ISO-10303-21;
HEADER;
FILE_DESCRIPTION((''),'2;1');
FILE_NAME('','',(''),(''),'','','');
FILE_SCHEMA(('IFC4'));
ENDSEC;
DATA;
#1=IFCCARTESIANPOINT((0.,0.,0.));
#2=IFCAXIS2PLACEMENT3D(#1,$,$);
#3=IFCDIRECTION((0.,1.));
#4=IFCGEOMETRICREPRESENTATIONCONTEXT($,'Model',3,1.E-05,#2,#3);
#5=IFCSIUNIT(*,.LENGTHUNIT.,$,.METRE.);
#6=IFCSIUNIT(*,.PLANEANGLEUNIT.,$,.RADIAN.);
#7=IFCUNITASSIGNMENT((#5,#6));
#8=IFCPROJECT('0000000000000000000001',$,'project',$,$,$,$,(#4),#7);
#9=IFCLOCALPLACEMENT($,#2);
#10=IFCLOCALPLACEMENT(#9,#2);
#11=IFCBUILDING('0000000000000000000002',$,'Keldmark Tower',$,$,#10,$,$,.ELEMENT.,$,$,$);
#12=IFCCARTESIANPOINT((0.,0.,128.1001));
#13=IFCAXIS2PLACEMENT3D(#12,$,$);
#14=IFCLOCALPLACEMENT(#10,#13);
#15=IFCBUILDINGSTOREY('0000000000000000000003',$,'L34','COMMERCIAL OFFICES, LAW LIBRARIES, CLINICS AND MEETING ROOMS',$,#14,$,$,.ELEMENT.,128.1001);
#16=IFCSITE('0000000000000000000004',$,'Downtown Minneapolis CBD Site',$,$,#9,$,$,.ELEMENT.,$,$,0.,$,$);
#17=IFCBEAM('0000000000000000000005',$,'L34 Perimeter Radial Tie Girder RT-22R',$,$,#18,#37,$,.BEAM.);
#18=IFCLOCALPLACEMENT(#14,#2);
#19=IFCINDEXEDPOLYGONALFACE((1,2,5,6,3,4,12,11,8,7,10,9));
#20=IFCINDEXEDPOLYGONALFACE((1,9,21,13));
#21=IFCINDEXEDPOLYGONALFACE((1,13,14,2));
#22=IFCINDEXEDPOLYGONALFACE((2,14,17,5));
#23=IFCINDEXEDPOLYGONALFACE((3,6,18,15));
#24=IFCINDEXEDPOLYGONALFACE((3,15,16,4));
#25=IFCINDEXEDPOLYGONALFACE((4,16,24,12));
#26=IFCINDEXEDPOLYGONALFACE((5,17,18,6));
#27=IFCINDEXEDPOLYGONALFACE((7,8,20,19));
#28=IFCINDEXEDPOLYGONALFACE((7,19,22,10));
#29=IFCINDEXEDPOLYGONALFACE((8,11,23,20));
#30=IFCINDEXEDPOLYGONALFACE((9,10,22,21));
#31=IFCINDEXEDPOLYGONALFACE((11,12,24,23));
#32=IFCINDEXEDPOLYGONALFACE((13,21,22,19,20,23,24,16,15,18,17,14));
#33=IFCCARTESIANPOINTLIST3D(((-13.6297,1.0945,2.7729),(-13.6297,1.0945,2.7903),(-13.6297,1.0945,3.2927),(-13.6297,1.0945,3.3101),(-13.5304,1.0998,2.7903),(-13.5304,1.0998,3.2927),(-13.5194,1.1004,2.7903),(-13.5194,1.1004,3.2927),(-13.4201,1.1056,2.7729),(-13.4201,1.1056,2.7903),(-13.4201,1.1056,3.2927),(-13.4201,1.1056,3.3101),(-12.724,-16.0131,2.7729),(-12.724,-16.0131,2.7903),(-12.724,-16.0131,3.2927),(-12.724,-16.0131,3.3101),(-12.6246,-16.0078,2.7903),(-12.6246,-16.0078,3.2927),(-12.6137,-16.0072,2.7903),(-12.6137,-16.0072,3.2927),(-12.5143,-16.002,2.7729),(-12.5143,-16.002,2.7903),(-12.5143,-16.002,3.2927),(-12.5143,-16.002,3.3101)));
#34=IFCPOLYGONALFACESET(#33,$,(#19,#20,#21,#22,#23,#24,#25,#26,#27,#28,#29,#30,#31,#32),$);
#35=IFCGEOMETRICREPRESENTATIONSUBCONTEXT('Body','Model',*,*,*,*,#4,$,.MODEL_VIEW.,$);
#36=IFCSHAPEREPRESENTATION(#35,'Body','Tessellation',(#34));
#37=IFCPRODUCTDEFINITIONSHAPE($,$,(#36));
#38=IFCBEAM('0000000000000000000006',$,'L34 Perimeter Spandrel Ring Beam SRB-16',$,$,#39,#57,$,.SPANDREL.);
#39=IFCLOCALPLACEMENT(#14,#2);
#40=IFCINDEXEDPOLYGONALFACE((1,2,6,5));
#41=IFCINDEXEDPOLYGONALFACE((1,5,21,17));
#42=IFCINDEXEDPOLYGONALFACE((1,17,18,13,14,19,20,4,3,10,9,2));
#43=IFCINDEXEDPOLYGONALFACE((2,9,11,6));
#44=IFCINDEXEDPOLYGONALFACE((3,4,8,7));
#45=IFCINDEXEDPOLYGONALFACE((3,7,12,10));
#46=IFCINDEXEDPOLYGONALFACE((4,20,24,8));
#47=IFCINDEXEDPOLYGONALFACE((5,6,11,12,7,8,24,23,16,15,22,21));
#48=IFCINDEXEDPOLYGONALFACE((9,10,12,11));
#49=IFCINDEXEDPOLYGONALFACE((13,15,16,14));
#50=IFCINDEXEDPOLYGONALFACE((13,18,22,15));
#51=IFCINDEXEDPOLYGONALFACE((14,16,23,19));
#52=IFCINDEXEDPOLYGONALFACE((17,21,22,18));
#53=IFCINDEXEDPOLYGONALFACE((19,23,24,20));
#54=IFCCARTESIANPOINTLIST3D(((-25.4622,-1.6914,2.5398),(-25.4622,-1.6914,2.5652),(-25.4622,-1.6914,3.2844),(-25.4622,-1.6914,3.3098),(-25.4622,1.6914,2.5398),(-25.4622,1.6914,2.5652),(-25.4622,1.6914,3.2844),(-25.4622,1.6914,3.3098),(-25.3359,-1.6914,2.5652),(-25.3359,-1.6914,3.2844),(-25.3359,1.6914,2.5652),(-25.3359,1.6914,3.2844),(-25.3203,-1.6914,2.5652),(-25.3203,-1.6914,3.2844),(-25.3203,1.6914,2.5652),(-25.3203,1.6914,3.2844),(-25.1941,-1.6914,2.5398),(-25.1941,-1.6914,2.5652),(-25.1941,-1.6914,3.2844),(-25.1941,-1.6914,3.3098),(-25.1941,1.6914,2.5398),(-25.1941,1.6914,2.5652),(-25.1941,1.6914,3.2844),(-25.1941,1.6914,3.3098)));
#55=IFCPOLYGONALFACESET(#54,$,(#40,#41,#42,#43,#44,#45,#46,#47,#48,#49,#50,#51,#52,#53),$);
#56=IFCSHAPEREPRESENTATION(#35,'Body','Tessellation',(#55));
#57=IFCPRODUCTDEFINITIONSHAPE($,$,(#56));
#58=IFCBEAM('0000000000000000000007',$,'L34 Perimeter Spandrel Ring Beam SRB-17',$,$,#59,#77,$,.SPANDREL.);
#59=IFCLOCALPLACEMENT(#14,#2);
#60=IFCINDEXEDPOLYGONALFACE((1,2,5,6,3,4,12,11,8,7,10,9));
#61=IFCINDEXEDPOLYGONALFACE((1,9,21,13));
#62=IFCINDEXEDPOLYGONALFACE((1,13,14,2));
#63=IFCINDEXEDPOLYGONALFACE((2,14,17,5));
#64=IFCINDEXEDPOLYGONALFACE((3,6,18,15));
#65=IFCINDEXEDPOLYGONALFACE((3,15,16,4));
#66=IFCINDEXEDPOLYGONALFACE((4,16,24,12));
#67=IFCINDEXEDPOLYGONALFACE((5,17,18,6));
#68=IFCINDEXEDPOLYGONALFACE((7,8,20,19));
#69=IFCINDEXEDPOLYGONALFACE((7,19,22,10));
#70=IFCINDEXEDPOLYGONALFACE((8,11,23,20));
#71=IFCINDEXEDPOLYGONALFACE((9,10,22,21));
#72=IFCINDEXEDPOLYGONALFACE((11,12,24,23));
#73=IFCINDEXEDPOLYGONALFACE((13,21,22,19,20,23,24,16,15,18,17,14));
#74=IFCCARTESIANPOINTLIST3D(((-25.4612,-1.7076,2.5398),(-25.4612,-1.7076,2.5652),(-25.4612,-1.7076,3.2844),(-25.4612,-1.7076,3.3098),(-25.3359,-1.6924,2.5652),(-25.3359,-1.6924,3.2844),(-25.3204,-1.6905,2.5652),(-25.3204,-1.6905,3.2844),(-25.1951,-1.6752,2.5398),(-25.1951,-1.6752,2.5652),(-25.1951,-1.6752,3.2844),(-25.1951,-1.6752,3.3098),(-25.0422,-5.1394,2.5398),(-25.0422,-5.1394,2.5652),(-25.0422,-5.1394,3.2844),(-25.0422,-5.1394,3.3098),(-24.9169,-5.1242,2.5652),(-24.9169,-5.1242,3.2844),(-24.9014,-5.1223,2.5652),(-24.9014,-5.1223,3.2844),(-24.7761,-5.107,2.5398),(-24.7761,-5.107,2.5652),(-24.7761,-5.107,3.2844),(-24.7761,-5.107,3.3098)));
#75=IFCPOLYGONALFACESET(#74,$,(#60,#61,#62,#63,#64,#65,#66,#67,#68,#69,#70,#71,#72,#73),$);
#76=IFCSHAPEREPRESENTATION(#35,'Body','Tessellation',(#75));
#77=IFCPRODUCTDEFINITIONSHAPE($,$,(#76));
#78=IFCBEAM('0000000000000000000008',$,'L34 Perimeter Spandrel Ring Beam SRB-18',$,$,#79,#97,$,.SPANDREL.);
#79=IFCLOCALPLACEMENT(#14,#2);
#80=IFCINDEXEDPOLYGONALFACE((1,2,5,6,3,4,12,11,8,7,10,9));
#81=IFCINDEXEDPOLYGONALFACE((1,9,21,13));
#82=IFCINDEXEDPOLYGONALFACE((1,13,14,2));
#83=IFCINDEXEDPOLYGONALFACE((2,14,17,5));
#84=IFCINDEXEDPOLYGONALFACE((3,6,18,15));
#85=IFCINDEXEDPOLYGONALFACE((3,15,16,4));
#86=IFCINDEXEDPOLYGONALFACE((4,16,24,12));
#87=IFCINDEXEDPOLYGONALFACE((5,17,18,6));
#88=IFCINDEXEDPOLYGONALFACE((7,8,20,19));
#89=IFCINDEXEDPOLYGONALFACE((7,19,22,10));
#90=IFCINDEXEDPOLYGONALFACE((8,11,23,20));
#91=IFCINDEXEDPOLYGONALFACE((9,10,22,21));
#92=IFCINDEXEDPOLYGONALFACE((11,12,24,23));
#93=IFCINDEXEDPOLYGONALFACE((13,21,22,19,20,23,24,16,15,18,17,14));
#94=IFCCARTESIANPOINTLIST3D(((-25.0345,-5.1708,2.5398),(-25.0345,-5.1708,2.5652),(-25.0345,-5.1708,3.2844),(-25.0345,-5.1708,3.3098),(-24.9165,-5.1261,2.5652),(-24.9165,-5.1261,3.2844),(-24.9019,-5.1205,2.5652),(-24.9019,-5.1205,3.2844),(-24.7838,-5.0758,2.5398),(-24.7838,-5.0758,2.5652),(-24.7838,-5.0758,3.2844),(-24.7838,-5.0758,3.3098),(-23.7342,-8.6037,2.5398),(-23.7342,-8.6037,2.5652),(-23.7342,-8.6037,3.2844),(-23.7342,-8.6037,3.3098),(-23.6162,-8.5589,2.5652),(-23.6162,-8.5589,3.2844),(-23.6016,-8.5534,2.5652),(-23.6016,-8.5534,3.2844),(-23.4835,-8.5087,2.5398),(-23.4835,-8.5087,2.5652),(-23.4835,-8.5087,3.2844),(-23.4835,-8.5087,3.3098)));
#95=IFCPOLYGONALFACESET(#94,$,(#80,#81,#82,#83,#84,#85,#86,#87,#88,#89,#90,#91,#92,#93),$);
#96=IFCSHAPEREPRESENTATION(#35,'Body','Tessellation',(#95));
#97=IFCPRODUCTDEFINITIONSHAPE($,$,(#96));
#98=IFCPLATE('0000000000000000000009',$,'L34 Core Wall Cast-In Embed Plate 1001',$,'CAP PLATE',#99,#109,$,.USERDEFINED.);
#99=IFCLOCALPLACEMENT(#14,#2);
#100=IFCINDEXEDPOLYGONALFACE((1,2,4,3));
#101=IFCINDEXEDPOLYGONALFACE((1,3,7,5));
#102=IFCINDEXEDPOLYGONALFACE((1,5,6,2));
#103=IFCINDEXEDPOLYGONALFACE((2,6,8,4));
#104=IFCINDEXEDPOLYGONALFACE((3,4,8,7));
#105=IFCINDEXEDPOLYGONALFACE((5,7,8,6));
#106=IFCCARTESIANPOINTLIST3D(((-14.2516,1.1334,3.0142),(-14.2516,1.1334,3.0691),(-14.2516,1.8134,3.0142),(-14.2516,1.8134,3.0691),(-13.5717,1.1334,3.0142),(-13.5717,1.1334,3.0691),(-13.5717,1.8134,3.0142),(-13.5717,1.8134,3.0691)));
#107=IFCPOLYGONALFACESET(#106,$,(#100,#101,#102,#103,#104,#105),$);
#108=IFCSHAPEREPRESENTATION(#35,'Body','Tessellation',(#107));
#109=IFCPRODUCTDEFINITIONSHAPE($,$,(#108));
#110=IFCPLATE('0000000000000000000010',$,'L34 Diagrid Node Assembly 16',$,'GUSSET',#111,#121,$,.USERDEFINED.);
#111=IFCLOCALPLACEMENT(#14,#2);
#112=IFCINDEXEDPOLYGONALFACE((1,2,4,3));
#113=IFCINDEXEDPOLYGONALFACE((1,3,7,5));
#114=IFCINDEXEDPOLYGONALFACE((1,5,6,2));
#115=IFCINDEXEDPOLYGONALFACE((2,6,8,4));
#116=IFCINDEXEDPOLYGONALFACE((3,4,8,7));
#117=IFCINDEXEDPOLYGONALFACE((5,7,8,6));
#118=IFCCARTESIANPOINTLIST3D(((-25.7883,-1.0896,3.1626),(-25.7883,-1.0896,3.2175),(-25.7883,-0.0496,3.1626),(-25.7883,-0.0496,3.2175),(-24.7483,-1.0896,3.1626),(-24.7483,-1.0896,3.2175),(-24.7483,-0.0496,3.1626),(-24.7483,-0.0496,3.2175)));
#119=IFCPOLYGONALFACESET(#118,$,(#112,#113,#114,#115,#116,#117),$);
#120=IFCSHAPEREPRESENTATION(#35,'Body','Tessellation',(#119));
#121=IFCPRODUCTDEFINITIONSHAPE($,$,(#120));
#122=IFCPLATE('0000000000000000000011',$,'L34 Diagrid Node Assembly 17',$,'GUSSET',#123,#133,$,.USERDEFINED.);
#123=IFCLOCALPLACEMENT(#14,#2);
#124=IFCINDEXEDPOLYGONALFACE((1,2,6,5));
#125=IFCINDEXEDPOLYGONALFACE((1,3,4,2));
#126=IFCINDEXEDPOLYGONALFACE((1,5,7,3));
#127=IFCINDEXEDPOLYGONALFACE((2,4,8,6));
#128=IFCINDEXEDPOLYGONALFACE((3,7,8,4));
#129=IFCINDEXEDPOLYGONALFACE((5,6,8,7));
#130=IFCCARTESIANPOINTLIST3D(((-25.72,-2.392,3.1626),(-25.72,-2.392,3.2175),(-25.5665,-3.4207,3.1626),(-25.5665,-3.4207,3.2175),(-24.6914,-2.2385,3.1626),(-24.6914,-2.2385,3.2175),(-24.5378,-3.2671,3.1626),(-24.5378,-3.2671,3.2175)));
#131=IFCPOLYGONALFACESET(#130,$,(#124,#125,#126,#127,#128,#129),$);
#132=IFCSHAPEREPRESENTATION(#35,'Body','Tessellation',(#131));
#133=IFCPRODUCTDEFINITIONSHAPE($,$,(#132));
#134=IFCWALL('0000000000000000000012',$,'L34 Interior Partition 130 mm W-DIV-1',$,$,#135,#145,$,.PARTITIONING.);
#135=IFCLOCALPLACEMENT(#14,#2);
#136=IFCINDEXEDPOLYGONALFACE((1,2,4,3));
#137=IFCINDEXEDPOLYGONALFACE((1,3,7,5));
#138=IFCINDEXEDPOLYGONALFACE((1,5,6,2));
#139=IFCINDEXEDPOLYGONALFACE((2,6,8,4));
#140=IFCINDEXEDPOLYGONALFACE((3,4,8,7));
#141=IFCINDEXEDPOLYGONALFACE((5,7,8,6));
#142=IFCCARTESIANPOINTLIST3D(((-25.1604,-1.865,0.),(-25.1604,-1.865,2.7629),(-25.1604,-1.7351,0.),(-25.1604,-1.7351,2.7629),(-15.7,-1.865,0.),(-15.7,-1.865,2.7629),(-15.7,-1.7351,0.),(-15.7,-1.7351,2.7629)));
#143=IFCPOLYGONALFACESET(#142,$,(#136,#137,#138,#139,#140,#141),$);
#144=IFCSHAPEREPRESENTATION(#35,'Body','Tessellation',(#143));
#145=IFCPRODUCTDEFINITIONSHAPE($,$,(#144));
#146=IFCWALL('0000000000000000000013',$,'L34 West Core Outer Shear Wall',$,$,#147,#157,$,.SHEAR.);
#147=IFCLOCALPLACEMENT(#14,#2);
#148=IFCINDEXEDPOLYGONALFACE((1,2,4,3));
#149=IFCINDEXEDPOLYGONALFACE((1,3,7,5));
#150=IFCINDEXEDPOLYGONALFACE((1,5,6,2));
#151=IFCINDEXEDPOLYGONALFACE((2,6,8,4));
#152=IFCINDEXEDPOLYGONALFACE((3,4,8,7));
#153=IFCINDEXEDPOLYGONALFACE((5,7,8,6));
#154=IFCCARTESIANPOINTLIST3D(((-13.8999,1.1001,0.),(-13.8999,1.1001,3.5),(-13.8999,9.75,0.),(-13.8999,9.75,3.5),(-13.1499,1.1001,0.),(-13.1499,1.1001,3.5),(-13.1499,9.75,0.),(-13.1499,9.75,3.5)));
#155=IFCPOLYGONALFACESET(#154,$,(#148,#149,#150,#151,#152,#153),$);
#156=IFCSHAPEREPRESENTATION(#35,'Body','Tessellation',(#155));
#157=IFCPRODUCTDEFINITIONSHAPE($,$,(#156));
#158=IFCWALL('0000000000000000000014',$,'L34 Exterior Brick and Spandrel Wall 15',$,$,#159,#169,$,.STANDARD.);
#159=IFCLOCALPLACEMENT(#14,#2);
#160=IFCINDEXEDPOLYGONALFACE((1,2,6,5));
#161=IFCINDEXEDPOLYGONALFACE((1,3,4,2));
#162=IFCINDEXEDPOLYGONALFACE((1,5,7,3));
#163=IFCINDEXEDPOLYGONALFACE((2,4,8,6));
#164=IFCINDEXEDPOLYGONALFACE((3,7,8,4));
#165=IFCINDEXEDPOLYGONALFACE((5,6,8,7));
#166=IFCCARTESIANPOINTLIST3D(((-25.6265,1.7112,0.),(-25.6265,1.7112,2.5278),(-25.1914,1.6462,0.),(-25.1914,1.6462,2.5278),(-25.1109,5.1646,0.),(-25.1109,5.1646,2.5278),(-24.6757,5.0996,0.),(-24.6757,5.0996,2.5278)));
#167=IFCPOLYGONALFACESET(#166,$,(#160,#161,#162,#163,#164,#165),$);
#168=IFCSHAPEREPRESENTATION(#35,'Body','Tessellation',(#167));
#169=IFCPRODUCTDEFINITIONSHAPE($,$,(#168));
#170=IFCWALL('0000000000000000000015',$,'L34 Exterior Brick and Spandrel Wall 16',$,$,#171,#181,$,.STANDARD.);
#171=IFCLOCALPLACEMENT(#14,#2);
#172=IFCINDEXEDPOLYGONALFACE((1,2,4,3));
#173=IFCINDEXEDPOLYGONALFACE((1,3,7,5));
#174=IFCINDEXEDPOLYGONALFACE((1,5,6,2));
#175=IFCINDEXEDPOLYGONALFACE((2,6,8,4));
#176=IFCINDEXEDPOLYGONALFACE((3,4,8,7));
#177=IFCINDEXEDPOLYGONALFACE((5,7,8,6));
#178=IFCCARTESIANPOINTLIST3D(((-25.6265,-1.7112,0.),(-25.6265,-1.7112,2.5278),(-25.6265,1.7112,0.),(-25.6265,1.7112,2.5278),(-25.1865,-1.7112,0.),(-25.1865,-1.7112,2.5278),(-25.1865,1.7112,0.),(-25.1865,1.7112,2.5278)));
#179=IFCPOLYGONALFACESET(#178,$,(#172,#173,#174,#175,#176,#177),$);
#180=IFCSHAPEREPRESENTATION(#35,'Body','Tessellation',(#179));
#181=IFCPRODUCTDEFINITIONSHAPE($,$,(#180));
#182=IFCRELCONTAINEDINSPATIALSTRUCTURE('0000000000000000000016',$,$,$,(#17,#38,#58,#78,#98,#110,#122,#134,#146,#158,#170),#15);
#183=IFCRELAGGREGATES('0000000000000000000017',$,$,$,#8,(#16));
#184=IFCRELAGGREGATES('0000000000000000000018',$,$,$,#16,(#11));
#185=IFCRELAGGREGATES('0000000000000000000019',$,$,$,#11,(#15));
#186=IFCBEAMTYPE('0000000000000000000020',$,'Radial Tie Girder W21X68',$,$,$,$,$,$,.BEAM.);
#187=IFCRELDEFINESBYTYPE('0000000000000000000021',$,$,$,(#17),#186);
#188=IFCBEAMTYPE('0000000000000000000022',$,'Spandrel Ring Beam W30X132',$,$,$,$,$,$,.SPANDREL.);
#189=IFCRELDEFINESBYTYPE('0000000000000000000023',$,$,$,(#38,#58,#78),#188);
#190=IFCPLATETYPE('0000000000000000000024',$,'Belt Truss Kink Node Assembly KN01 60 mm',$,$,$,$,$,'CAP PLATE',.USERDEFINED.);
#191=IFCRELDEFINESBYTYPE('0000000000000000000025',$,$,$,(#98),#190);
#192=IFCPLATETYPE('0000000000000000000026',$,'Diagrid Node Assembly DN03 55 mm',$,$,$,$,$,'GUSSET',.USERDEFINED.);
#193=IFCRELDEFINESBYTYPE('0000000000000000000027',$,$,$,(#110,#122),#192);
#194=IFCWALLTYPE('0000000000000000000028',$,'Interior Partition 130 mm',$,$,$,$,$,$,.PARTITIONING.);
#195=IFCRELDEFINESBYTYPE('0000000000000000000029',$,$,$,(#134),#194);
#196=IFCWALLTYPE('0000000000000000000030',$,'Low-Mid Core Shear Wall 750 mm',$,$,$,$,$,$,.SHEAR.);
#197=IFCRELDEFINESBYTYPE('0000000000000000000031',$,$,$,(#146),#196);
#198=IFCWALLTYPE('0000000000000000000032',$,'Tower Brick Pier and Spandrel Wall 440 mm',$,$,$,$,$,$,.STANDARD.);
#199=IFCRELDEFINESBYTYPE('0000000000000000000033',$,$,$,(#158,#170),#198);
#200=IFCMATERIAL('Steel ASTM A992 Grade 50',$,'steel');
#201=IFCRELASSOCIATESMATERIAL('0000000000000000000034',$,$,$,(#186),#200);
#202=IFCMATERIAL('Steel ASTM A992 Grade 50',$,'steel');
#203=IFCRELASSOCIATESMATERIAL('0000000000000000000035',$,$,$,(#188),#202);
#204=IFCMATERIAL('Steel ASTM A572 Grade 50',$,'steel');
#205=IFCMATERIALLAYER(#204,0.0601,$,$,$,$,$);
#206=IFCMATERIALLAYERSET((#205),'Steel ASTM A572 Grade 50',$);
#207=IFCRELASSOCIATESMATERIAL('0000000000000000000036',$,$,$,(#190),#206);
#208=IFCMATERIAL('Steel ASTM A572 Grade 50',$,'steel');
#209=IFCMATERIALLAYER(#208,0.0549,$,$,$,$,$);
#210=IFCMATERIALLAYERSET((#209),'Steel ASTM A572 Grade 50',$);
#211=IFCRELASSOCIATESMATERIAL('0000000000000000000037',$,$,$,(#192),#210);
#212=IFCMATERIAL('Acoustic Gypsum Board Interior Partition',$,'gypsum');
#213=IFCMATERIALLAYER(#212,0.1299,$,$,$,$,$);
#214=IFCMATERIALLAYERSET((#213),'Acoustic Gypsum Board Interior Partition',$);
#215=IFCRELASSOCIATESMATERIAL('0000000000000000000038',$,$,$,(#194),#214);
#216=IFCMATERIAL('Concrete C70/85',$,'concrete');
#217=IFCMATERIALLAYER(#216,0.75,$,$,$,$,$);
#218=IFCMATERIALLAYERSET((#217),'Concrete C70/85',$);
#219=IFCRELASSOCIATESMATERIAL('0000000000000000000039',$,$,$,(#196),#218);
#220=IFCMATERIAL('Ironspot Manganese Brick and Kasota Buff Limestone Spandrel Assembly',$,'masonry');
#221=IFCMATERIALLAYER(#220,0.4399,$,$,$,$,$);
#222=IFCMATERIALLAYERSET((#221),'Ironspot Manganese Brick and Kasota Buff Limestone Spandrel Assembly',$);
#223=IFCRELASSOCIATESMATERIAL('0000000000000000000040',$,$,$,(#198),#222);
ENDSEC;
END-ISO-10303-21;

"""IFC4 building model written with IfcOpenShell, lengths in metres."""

from ifc_helpers import new_model, si_unit, direction, frame, frame_2d, origin, origin_2d, place, context, subcontext, project, spatial, rectangle, i_section, extrude, material, layer, layer_set, material_profile, profile_set, type_object, element, save


model = new_model("IFC4")

# Units and contexts
model_context = context("Model", 3, precision=1e-05, world=origin(), true_north=direction((0.0, 1.0)))
body_context = subcontext(model_context, "Body", "Model", "MODEL_VIEW")
ifc_project = project(units=[si_unit("LENGTHUNIT", "METRE"), si_unit("PLANEANGLEUNIT", "RADIAN")], contexts=[model_context])

# Site, building, storey
site_placement = place(None, origin())
site = spatial("IfcSite", under=ifc_project, at=site_placement, Name="Downtown Minneapolis CBD Site", CompositionType="ELEMENT", RefElevation=0.0)
building_placement = place(site_placement, origin())
building = spatial("IfcBuilding", under=site, at=building_placement, Name="Keldmark Tower", CompositionType="ELEMENT")
storey_placement = place(building_placement, frame((0.0, 0.0, 128.1001)))
storey = spatial("IfcBuildingStorey", under=building, at=storey_placement, Name="L34", Description="COMMERCIAL OFFICES, LAW LIBRARIES, CLINICS AND MEETING ROOMS", CompositionType="ELEMENT", Elevation=128.1001)

# Beams
ifc_material_1 = material(Name="Steel ASTM A992 Grade 50", Category="steel")
ifc_material_profile_1 = material_profile(ifc_material_1, i_section(OverallWidth=0.21, OverallDepth=0.5371, WebThickness=0.011, FlangeThickness=0.0173, at=origin_2d()), Name="W21X68")
ifc_profile_set_1 = profile_set([ifc_material_profile_1], Name="Steel ASTM A992 Grade 50")
beam_type_1 = type_object("IfcBeamType", Name="Radial Tie Girder W21X68", PredefinedType="BEAM", material=ifc_profile_set_1)
beam_1_placement = place(storey_placement, frame((-13.5249, 1.1001, 3.0415), z_axis=(0.052871, -0.998601, 0.0), x_axis=(0.998601, 0.052871, 0.0)))
element("IfcBeam", 1, at=beam_1_placement, inside=storey, type_object=beam_type_1, Name="L34 Perimeter Radial Tie Girder RT-22R", PredefinedType="BEAM", context=body_context, shape_type="SweptSolid", body=[
    extrude(i_section(OverallWidth=0.21, OverallDepth=0.5371, WebThickness=0.011, FlangeThickness=0.0173, at=origin_2d()), origin(), (0.0, 0.0, 1.0), 17.1316),
])
ifc_material_2 = material(Name="Steel ASTM A992 Grade 50", Category="steel")
ifc_material_profile_2 = material_profile(ifc_material_2, i_section(OverallWidth=0.2681, OverallDepth=0.77, WebThickness=0.0156, FlangeThickness=0.0254, at=origin_2d()), Name="W30X132")
ifc_profile_set_2 = profile_set([ifc_material_profile_2], Name="Steel ASTM A992 Grade 50")
beam_type_2 = type_object("IfcBeamType", Name="Spandrel Ring Beam W30X132", PredefinedType="SPANDREL", material=ifc_profile_set_2)
beam_2_placement = place(storey_placement, frame((-25.3281, 1.6914, 2.9248), z_axis=(0.0, -1.0, 0.0), x_axis=(1.0, 0.0, 0.0)))
element("IfcBeam", 2, at=beam_2_placement, inside=storey, type_object=beam_type_2, Name="L34 Perimeter Spandrel Ring Beam SRB-16", PredefinedType="SPANDREL", context=body_context, shape_type="SweptSolid", body=[
    extrude(i_section(OverallWidth=0.2681, OverallDepth=0.77, WebThickness=0.0156, FlangeThickness=0.0254, at=origin_2d()), origin(), (0.0, 0.0, 1.0), 3.3828),
])
beam_3_placement = place(storey_placement, frame((-25.3281, -1.6914, 2.9248), z_axis=(0.121175, -0.992631, 0.0), x_axis=(0.992631, 0.121175, 0.0)))
element("IfcBeam", 3, at=beam_3_placement, inside=storey, type_object=beam_type_2, Name="L34 Perimeter Spandrel Ring Beam SRB-17", PredefinedType="SPANDREL", context=body_context, shape_type="SweptSolid", body=[
    extrude(i_section(OverallWidth=0.2681, OverallDepth=0.77, WebThickness=0.0156, FlangeThickness=0.0254, at=origin_2d()), origin(), (0.0, 0.0, 1.0), 3.4573),
])
beam_4_placement = place(storey_placement, frame((-24.9092, -5.1233, 2.9248), z_axis=(0.354219, -0.935162, 0.0), x_axis=(0.935162, 0.354219, 0.0)))
element("IfcBeam", 4, at=beam_4_placement, inside=storey, type_object=beam_type_2, Name="L34 Perimeter Spandrel Ring Beam SRB-18", PredefinedType="SPANDREL", context=body_context, shape_type="SweptSolid", body=[
    extrude(i_section(OverallWidth=0.2681, OverallDepth=0.77, WebThickness=0.0156, FlangeThickness=0.0254, at=origin_2d()), origin(), (0.0, 0.0, 1.0), 3.6709),
])

# Plates
ifc_material_3 = material(Name="Steel ASTM A572 Grade 50", Category="steel")
ifc_layer_1 = layer(ifc_material_3, 0.0601)
ifc_layer_set_1 = layer_set([ifc_layer_1], Name="Steel ASTM A572 Grade 50")
plate_type_1 = type_object("IfcPlateType", Name="Belt Truss Kink Node Assembly KN01 60 mm", ElementType="CAP PLATE", PredefinedType="USERDEFINED", material=ifc_layer_set_1)
plate_placement = place(storey_placement, frame((-13.9116, 1.4734, 3.0142), z_axis=(0.0, 0.0, 1.0), x_axis=(1.0, 0.0, 0.0)))
element("IfcPlate", 5, at=plate_placement, inside=storey, type_object=plate_type_1, Name="L34 Core Wall Cast-In Embed Plate 1001", ObjectType="CAP PLATE", PredefinedType="USERDEFINED", context=body_context, shape_type="SweptSolid", body=[
    extrude(rectangle(XDim=0.6799, YDim=0.6799, at=origin_2d()), origin(), (0.0, 0.0, 1.0), 0.0549),
])
ifc_material_4 = material(Name="Steel ASTM A572 Grade 50", Category="steel")
ifc_layer_2 = layer(ifc_material_4, 0.0549)
ifc_layer_set_2 = layer_set([ifc_layer_2], Name="Steel ASTM A572 Grade 50")
plate_type_2 = type_object("IfcPlateType", Name="Diagrid Node Assembly DN03 55 mm", ElementType="GUSSET", PredefinedType="USERDEFINED", material=ifc_layer_set_2)
for number, where, z_axis, x_axis, name in (
    (6, (-25.2683, -0.5696, 3.1626), (0.0, 0.0, 1.0), (0.0, -1.0, 0.0), "L34 Diagrid Node Assembly 16"),
    (7, (-25.1289, -2.8296, 3.1626), (0.0, 0.0, 1.0), (0.147637, -0.989042, 0.0), "L34 Diagrid Node Assembly 17"),
):
    element("IfcPlate", number, at=place(storey_placement, frame(where, z_axis=z_axis, x_axis=x_axis)), inside=storey, type_object=plate_type_2, Name=name, ObjectType="GUSSET", PredefinedType="USERDEFINED", context=body_context, shape_type="SweptSolid", body=[
        extrude(rectangle(XDim=1.04, YDim=1.04, at=origin_2d()), origin(), (0.0, 0.0, 1.0), 0.0549),
    ])

# Walls
ifc_material_5 = material(Name="Acoustic Gypsum Board Interior Partition", Category="gypsum")
ifc_layer_3 = layer(ifc_material_5, 0.1299)
ifc_layer_set_3 = layer_set([ifc_layer_3], Name="Acoustic Gypsum Board Interior Partition")
wall_type_1 = type_object("IfcWallType", Name="Interior Partition 130 mm", PredefinedType="PARTITIONING", material=ifc_layer_set_3)
wall_1_placement = place(storey_placement, frame((-25.1604, -1.8, 0.0), z_axis=(0.0, 0.0, 1.0), x_axis=(1.0, 0.0, 0.0)))
element("IfcWall", 8, at=wall_1_placement, inside=storey, type_object=wall_type_1, Name="L34 Interior Partition 130 mm W-DIV-1", PredefinedType="PARTITIONING", context=body_context, shape_type="SweptSolid", body=[
    extrude(rectangle(XDim=9.4604, YDim=0.1299, at=frame_2d((4.7302, 0.0))), origin(), (0.0, 0.0, 1.0), 2.7629),
])
ifc_material_6 = material(Name="Concrete C70/85", Category="concrete")
ifc_layer_4 = layer(ifc_material_6, 0.75)
ifc_layer_set_4 = layer_set([ifc_layer_4], Name="Concrete C70/85")
wall_type_2 = type_object("IfcWallType", Name="Low-Mid Core Shear Wall 750 mm", PredefinedType="SHEAR", material=ifc_layer_set_4)
wall_2_placement = place(storey_placement, frame((-13.5249, 1.1001, 0.0), z_axis=(0.0, 0.0, 1.0), x_axis=(0.0, 1.0, 0.0)))
element("IfcWall", 9, at=wall_2_placement, inside=storey, type_object=wall_type_2, Name="L34 West Core Outer Shear Wall", PredefinedType="SHEAR", context=body_context, shape_type="SweptSolid", body=[
    extrude(rectangle(XDim=8.6499, YDim=0.75, at=frame_2d((4.325, 0.0))), origin(), (0.0, 0.0, 1.0), 3.5),
])
ifc_material_7 = material(Name="Ironspot Manganese Brick and Kasota Buff Limestone Spandrel Assembly", Category="masonry")
ifc_layer_5 = layer(ifc_material_7, 0.4399)
ifc_layer_set_5 = layer_set([ifc_layer_5], Name="Ironspot Manganese Brick and Kasota Buff Limestone Spandrel Assembly")
wall_type_3 = type_object("IfcWallType", Name="Tower Brick Pier and Spandrel Wall 440 mm", PredefinedType="STANDARD", material=ifc_layer_set_5)
wall_3_placement = place(storey_placement, frame((-25.4089, 1.6787, 0.0), z_axis=(0.0, 0.0, 1.0), x_axis=(0.147674, 0.989036, 0.0)))
element("IfcWall", 10, at=wall_3_placement, inside=storey, type_object=wall_type_3, Name="L34 Exterior Brick and Spandrel Wall 15", PredefinedType="STANDARD", context=body_context, shape_type="SweptSolid", body=[
    extrude(rectangle(XDim=3.4917, YDim=0.4399, at=frame_2d((1.7458, 0.0))), origin(), (0.0, 0.0, 1.0), 2.5278),
])
wall_4_placement = place(storey_placement, frame((-25.4065, -1.7112, 0.0), z_axis=(0.0, 0.0, 1.0), x_axis=(0.0, 1.0, 0.0)))
element("IfcWall", 11, at=wall_4_placement, inside=storey, type_object=wall_type_3, Name="L34 Exterior Brick and Spandrel Wall 16", PredefinedType="STANDARD", context=body_context, shape_type="SweptSolid", body=[
    extrude(rectangle(XDim=3.4224, YDim=0.4399, at=frame_2d((1.7112, 0.0))), origin(), (0.0, 0.0, 1.0), 2.5278),
])

save(model, "model.ifc")
